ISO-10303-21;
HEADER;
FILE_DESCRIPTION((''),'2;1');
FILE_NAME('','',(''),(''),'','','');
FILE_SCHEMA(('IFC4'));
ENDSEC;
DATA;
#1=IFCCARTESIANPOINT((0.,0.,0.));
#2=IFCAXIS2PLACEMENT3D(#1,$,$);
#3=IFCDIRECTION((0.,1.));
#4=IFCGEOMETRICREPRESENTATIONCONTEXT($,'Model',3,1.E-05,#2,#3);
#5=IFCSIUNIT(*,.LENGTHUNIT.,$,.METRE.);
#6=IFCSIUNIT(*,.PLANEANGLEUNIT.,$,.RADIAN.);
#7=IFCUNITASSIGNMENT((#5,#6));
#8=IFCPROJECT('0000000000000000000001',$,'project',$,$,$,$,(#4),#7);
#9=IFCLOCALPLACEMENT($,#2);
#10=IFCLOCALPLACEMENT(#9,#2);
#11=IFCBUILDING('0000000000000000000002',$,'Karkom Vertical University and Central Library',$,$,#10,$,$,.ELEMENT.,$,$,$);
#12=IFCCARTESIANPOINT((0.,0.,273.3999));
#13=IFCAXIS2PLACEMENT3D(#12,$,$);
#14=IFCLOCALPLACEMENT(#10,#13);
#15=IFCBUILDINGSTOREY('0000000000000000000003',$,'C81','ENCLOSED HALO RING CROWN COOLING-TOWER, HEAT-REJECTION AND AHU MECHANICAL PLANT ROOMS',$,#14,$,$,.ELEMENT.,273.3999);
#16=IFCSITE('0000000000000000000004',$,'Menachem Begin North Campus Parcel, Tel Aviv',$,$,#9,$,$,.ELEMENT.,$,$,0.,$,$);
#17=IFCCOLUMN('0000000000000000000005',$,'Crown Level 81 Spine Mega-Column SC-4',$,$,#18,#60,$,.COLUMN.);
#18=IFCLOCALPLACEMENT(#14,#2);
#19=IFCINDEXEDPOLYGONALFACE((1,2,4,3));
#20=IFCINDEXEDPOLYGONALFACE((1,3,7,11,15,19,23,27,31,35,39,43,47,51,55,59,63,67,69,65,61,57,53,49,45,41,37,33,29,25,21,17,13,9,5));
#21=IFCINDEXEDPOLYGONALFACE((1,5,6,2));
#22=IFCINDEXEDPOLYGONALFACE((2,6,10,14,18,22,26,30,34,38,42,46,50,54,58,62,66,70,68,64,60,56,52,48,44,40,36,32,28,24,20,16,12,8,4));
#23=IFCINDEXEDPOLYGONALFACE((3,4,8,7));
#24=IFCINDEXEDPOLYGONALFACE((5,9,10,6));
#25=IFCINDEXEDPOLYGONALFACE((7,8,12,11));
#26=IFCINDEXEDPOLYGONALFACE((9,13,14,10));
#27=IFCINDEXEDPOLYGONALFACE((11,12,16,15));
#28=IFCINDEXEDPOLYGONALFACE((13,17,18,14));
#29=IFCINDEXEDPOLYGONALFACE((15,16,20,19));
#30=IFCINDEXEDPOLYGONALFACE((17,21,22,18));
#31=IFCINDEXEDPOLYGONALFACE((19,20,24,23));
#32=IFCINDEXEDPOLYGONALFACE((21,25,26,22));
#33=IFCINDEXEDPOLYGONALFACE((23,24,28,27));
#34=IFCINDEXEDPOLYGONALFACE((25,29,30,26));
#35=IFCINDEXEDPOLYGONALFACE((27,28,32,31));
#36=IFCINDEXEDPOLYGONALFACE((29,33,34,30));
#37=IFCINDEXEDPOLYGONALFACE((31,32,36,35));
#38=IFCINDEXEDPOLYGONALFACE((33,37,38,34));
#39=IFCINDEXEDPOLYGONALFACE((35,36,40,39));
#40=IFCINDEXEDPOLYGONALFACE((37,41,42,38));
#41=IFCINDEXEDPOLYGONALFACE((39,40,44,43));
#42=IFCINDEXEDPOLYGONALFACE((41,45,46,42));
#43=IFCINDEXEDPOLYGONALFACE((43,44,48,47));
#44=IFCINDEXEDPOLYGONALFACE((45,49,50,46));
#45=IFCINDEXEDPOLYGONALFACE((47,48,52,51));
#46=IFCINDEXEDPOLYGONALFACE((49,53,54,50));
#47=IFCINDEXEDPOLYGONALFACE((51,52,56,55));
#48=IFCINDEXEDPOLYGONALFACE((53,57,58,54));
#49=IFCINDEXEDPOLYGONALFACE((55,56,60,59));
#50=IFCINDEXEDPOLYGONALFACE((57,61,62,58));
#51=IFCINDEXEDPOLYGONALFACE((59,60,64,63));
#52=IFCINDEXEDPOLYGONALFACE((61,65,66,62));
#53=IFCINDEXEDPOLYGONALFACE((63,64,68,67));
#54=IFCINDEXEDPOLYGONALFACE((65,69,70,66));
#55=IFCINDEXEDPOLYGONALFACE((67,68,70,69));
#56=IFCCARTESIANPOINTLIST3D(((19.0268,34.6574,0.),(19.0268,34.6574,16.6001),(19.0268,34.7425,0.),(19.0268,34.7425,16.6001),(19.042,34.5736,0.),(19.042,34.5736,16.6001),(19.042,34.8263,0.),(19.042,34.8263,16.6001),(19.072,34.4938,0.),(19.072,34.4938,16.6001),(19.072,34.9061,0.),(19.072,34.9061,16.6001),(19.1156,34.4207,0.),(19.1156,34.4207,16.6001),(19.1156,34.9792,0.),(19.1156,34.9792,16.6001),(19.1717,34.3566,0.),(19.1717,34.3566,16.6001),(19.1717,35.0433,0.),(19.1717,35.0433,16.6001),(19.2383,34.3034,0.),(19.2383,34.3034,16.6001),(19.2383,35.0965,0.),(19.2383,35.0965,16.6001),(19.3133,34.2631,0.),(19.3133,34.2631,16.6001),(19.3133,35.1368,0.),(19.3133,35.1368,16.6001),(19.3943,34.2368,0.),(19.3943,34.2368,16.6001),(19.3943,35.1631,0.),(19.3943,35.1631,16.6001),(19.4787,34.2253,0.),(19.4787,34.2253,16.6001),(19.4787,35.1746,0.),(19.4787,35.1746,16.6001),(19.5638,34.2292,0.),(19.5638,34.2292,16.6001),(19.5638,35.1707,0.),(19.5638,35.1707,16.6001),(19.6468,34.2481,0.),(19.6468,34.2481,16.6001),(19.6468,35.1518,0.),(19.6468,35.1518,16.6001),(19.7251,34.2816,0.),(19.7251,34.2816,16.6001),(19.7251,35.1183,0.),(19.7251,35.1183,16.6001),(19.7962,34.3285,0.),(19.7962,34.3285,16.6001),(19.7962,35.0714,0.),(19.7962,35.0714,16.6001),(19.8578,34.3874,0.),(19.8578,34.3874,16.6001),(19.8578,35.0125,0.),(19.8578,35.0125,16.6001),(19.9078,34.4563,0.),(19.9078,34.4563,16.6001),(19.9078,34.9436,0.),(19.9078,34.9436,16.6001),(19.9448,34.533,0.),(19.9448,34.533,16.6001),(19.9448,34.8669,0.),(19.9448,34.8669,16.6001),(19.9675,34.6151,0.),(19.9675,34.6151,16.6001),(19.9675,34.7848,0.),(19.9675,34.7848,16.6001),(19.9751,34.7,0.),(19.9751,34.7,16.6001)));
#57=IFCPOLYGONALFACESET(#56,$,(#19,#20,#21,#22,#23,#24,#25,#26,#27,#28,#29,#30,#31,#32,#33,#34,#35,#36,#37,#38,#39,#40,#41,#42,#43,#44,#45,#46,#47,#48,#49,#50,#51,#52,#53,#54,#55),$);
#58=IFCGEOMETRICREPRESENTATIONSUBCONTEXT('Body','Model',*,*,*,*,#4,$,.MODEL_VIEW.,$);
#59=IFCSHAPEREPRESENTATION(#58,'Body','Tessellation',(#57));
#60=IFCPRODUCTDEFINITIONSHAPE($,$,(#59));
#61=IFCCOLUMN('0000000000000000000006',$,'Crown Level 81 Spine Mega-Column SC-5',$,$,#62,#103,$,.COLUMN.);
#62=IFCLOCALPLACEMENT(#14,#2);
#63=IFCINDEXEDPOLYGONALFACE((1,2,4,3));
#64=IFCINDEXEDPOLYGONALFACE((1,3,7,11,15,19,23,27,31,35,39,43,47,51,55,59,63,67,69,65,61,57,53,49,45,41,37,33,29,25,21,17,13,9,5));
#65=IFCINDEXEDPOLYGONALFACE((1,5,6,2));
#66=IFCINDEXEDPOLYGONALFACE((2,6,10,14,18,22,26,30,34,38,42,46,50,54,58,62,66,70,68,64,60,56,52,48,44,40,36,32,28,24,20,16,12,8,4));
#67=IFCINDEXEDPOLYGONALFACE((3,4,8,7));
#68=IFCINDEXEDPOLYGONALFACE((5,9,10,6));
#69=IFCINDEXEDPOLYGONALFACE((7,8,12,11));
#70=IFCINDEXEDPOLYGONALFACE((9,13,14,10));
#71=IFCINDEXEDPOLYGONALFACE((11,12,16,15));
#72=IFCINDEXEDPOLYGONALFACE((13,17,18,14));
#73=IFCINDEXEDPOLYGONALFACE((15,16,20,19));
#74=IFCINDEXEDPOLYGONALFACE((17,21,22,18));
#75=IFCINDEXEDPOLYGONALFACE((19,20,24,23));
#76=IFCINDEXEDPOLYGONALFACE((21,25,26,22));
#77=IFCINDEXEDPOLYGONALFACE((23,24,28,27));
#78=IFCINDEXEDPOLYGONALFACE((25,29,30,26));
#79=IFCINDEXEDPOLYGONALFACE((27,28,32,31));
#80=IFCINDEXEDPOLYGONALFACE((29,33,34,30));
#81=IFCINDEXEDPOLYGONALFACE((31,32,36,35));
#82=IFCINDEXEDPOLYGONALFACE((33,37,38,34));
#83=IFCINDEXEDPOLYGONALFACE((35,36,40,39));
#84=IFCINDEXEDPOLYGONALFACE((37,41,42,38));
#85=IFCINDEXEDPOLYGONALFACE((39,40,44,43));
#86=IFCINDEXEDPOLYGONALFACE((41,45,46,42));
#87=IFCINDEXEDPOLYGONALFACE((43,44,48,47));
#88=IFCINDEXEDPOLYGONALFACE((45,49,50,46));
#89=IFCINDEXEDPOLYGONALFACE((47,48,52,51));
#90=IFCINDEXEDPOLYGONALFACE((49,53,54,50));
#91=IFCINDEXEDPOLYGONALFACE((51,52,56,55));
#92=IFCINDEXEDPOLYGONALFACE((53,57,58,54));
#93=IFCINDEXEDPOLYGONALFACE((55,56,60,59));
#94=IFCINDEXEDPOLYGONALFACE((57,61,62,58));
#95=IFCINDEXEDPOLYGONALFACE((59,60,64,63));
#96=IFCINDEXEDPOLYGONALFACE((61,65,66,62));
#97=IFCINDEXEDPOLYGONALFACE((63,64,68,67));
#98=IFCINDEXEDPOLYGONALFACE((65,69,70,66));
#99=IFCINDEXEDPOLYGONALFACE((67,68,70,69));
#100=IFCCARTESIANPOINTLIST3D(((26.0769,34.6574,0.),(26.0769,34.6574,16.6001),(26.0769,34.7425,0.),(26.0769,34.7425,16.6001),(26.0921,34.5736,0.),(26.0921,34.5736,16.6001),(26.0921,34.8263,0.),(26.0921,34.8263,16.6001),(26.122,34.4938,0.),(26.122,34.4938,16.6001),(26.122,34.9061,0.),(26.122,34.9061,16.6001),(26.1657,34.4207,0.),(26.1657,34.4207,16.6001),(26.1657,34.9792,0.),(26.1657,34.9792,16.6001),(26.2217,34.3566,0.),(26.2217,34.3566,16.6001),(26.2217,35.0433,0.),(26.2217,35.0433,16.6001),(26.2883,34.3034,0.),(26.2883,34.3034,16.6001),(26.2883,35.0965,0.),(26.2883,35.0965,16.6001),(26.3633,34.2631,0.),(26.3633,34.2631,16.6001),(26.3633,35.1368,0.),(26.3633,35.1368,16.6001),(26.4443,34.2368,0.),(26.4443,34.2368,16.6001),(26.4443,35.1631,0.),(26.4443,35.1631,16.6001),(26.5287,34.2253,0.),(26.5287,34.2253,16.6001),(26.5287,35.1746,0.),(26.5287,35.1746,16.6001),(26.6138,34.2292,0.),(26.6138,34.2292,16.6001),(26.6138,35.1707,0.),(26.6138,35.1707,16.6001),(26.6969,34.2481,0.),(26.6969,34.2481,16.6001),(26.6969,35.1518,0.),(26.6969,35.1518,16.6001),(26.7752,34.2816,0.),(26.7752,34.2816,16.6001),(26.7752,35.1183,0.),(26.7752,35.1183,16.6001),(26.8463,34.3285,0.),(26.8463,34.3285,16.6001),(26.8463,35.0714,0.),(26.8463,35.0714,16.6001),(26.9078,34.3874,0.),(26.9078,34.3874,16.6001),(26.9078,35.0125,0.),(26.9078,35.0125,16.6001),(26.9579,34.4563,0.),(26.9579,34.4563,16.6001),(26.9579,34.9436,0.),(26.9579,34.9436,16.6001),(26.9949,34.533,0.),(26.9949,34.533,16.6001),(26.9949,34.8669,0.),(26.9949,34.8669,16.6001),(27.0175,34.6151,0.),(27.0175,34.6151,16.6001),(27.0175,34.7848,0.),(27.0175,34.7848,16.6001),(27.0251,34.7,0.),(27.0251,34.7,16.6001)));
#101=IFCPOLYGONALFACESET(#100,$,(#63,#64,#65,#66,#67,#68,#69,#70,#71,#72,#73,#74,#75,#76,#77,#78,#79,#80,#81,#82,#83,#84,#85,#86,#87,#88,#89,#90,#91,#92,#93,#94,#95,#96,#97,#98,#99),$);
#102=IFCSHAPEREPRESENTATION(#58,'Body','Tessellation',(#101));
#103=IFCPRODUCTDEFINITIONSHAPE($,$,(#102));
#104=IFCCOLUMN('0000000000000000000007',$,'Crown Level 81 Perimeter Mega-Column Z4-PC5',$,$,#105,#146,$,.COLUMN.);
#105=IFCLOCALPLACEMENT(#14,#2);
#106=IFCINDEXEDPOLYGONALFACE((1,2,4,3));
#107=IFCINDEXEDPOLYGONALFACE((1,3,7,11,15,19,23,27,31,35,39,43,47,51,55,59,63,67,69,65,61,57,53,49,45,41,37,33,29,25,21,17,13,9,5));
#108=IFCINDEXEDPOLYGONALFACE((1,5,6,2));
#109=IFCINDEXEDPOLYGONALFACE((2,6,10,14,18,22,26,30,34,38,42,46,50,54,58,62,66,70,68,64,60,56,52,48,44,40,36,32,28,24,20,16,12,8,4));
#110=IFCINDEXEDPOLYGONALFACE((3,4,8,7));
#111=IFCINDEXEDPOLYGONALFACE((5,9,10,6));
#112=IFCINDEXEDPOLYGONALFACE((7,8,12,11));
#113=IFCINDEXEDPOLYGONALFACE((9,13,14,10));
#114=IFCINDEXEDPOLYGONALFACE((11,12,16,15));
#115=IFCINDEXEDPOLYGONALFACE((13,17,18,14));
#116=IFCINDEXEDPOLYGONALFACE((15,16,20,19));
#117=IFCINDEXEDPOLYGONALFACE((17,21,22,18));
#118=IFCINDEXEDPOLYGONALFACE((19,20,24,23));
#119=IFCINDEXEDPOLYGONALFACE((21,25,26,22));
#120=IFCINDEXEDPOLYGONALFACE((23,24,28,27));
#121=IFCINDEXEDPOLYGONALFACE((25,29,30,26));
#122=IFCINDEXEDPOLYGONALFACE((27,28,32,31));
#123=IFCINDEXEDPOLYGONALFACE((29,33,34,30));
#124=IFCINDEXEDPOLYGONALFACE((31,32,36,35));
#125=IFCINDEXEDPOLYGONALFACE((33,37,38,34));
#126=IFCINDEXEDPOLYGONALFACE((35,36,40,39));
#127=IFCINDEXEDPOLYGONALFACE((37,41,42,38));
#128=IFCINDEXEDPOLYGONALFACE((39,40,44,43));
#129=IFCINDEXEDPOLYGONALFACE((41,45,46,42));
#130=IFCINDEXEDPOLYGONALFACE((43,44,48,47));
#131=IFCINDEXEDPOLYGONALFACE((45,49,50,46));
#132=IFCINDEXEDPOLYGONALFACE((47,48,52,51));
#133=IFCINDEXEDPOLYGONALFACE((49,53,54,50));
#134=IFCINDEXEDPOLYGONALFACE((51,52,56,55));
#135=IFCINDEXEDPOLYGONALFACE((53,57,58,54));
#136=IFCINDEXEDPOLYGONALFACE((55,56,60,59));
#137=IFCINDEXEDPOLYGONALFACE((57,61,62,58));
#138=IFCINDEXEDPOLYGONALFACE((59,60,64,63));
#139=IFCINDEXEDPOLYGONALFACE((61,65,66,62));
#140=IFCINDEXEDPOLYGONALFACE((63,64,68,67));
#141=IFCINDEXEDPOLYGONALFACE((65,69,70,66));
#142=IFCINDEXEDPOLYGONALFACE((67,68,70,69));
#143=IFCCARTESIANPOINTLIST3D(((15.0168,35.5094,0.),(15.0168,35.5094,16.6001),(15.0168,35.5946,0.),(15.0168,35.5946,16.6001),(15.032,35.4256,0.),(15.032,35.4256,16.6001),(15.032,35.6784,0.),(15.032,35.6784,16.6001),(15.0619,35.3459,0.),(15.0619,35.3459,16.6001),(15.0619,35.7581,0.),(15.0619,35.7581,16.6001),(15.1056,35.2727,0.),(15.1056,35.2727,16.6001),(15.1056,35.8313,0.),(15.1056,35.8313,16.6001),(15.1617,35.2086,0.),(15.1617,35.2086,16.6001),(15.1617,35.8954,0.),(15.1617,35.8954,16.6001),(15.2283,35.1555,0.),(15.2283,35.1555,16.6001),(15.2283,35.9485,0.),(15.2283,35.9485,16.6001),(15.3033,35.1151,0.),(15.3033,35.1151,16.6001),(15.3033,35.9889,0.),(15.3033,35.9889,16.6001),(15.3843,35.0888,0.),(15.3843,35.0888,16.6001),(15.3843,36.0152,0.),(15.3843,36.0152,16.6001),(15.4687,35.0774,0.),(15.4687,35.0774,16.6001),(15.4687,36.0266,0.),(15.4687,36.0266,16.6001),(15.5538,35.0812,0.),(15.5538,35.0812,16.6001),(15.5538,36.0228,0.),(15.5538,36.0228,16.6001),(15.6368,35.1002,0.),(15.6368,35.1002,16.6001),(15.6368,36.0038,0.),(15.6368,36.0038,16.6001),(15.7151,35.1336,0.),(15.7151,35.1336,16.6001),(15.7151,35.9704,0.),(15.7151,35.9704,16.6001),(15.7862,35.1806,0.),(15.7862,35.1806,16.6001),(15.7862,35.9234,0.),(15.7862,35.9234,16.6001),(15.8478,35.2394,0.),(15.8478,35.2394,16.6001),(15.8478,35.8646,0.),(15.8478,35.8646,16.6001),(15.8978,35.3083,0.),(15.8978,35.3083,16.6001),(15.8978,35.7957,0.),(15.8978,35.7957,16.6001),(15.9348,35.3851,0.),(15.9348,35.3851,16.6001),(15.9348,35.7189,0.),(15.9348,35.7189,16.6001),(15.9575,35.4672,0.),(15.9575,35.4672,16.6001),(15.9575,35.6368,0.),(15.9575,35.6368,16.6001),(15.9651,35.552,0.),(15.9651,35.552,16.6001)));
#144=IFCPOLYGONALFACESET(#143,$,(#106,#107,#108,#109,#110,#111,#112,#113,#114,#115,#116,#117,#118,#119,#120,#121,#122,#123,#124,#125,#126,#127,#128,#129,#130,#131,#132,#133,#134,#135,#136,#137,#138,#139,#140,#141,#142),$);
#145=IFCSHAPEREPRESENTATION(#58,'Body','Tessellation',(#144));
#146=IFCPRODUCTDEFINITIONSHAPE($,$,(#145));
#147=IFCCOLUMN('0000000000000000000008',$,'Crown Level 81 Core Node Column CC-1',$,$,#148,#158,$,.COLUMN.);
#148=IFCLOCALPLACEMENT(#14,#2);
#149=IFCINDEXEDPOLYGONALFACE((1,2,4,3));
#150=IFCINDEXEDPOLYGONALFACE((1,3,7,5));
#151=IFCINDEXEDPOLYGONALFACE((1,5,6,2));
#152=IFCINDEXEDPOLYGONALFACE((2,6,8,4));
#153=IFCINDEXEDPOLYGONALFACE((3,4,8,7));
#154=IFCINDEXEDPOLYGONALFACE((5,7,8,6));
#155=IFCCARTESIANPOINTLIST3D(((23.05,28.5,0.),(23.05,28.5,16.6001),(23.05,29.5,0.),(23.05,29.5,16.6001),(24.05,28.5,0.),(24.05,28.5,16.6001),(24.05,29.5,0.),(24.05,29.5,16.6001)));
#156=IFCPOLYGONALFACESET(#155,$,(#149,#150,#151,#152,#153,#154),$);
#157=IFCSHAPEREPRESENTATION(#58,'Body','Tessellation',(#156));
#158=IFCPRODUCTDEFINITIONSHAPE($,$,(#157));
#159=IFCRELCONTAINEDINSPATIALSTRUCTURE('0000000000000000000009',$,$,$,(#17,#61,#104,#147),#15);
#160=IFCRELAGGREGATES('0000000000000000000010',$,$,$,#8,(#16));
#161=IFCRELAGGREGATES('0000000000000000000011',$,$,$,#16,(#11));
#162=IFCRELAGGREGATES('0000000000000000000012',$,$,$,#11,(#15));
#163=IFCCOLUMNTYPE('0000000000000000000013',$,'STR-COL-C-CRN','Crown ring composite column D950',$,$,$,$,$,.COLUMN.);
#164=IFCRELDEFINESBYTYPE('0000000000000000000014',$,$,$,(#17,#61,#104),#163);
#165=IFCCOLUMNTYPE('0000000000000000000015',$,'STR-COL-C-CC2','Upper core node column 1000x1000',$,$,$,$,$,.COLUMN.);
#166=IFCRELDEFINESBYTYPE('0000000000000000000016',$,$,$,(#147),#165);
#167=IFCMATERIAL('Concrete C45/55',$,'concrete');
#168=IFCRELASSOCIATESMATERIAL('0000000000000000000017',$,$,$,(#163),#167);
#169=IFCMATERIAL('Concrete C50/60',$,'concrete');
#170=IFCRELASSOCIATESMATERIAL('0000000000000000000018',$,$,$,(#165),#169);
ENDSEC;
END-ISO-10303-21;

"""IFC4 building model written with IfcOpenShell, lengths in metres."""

from ifc_helpers import new_model, si_unit, direction, frame, origin, origin_with_axes, origin_2d, place, context, subcontext, project, spatial, rectangle, circle, extrude, source, transform, mapped, material, material_profile, profile_set, type_object, element, save


model = new_model("IFC4")

# Units and contexts
model_context = context("Model", 3, precision=1e-05, world=origin(), true_north=direction((0.0, 1.0)))
body_context = subcontext(model_context, "Body", "Model", "MODEL_VIEW")
ifc_project = project(units=[si_unit("LENGTHUNIT", "METRE"), si_unit("PLANEANGLEUNIT", "RADIAN")], contexts=[model_context])

# Site, building, storey
site_placement = place(None, origin())
site = spatial("IfcSite", under=ifc_project, at=site_placement, Name="Menachem Begin North Campus Parcel, Tel Aviv", CompositionType="ELEMENT", RefElevation=0.0)
building_placement = place(site_placement, origin())
building = spatial("IfcBuilding", under=site, at=building_placement, Name="Karkom Vertical University and Central Library", CompositionType="ELEMENT")
storey_placement = place(building_placement, frame((0.0, 0.0, 273.3999)))
storey = spatial("IfcBuildingStorey", under=building, at=storey_placement, Name="C81", Description="ENCLOSED HALO RING CROWN COOLING-TOWER, HEAT-REJECTION AND AHU MECHANICAL PLANT ROOMS", CompositionType="ELEMENT", Elevation=273.3999)

# Columns
ifc_material_1 = material(Name="Concrete C45/55", Category="concrete")
ifc_material_profile_1 = material_profile(ifc_material_1, circle(Radius=0.4751, at=origin_2d()), Name="CFT-D950")
ifc_profile_set_1 = profile_set([ifc_material_profile_1], Name="Concrete C45/55")
column_type_1 = type_object("IfcColumnType", Name="STR-COL-C-CRN", Description="Crown ring composite column D950", PredefinedType="COLUMN", material=ifc_profile_set_1)
shared_shape_1 = source(origin_with_axes(), body_context, "Body", "SweptSolid", [
    extrude(circle(Radius=0.4751, at=origin_2d()), origin(), (0.0, 0.0, 1.0), 16.6001),
])
for number, where, z_axis, x_axis, name in (
    (1, (19.5, 34.7, 0.0), (0.0, 0.0, 1.0), (1.0, 0.0, 0.0), "Crown Level 81 Spine Mega-Column SC-4"),
    (2, (26.55, 34.7, 0.0), (0.0, 0.0, 1.0), (1.0, 0.0, 0.0), "Crown Level 81 Spine Mega-Column SC-5"),
    (3, (15.49, 35.552, 0.0), (0.0, 0.0, 1.0), (1.0, 0.0, 0.0), "Crown Level 81 Perimeter Mega-Column Z4-PC5"),
):
    element("IfcColumn", number, at=place(storey_placement, frame(where, z_axis=z_axis, x_axis=x_axis)), inside=storey, type_object=column_type_1, Name=name, PredefinedType="COLUMN", context=body_context, shape_type="MappedRepresentation", body=[
        mapped(shared_shape_1, transform((0.0, 0.0, 0.0), scale=1.0)),
    ])
ifc_material_2 = material(Name="Concrete C50/60", Category="concrete")
ifc_material_profile_2 = material_profile(ifc_material_2, rectangle(XDim=1.0, YDim=1.0, at=origin_2d()), Name="RC-1000x1000")
ifc_profile_set_2 = profile_set([ifc_material_profile_2], Name="Concrete C50/60")
column_type_2 = type_object("IfcColumnType", Name="STR-COL-C-CC2", Description="Upper core node column 1000x1000", PredefinedType="COLUMN", material=ifc_profile_set_2)
shared_shape_2 = source(origin_with_axes(), body_context, "Body", "SweptSolid", [
    extrude(rectangle(XDim=1.0, YDim=1.0, at=origin_2d()), origin(), (0.0, 0.0, 1.0), 16.6001),
])
column_placement = place(storey_placement, frame((23.55, 29.0, 0.0), z_axis=(0.0, 0.0, 1.0), x_axis=(1.0, 0.0, 0.0)))
element("IfcColumn", 4, at=column_placement, inside=storey, type_object=column_type_2, Name="Crown Level 81 Core Node Column CC-1", PredefinedType="COLUMN", context=body_context, shape_type="MappedRepresentation", body=[
    mapped(shared_shape_2, transform((0.0, 0.0, 0.0), scale=1.0)),
])

save(model, "model.ifc")
